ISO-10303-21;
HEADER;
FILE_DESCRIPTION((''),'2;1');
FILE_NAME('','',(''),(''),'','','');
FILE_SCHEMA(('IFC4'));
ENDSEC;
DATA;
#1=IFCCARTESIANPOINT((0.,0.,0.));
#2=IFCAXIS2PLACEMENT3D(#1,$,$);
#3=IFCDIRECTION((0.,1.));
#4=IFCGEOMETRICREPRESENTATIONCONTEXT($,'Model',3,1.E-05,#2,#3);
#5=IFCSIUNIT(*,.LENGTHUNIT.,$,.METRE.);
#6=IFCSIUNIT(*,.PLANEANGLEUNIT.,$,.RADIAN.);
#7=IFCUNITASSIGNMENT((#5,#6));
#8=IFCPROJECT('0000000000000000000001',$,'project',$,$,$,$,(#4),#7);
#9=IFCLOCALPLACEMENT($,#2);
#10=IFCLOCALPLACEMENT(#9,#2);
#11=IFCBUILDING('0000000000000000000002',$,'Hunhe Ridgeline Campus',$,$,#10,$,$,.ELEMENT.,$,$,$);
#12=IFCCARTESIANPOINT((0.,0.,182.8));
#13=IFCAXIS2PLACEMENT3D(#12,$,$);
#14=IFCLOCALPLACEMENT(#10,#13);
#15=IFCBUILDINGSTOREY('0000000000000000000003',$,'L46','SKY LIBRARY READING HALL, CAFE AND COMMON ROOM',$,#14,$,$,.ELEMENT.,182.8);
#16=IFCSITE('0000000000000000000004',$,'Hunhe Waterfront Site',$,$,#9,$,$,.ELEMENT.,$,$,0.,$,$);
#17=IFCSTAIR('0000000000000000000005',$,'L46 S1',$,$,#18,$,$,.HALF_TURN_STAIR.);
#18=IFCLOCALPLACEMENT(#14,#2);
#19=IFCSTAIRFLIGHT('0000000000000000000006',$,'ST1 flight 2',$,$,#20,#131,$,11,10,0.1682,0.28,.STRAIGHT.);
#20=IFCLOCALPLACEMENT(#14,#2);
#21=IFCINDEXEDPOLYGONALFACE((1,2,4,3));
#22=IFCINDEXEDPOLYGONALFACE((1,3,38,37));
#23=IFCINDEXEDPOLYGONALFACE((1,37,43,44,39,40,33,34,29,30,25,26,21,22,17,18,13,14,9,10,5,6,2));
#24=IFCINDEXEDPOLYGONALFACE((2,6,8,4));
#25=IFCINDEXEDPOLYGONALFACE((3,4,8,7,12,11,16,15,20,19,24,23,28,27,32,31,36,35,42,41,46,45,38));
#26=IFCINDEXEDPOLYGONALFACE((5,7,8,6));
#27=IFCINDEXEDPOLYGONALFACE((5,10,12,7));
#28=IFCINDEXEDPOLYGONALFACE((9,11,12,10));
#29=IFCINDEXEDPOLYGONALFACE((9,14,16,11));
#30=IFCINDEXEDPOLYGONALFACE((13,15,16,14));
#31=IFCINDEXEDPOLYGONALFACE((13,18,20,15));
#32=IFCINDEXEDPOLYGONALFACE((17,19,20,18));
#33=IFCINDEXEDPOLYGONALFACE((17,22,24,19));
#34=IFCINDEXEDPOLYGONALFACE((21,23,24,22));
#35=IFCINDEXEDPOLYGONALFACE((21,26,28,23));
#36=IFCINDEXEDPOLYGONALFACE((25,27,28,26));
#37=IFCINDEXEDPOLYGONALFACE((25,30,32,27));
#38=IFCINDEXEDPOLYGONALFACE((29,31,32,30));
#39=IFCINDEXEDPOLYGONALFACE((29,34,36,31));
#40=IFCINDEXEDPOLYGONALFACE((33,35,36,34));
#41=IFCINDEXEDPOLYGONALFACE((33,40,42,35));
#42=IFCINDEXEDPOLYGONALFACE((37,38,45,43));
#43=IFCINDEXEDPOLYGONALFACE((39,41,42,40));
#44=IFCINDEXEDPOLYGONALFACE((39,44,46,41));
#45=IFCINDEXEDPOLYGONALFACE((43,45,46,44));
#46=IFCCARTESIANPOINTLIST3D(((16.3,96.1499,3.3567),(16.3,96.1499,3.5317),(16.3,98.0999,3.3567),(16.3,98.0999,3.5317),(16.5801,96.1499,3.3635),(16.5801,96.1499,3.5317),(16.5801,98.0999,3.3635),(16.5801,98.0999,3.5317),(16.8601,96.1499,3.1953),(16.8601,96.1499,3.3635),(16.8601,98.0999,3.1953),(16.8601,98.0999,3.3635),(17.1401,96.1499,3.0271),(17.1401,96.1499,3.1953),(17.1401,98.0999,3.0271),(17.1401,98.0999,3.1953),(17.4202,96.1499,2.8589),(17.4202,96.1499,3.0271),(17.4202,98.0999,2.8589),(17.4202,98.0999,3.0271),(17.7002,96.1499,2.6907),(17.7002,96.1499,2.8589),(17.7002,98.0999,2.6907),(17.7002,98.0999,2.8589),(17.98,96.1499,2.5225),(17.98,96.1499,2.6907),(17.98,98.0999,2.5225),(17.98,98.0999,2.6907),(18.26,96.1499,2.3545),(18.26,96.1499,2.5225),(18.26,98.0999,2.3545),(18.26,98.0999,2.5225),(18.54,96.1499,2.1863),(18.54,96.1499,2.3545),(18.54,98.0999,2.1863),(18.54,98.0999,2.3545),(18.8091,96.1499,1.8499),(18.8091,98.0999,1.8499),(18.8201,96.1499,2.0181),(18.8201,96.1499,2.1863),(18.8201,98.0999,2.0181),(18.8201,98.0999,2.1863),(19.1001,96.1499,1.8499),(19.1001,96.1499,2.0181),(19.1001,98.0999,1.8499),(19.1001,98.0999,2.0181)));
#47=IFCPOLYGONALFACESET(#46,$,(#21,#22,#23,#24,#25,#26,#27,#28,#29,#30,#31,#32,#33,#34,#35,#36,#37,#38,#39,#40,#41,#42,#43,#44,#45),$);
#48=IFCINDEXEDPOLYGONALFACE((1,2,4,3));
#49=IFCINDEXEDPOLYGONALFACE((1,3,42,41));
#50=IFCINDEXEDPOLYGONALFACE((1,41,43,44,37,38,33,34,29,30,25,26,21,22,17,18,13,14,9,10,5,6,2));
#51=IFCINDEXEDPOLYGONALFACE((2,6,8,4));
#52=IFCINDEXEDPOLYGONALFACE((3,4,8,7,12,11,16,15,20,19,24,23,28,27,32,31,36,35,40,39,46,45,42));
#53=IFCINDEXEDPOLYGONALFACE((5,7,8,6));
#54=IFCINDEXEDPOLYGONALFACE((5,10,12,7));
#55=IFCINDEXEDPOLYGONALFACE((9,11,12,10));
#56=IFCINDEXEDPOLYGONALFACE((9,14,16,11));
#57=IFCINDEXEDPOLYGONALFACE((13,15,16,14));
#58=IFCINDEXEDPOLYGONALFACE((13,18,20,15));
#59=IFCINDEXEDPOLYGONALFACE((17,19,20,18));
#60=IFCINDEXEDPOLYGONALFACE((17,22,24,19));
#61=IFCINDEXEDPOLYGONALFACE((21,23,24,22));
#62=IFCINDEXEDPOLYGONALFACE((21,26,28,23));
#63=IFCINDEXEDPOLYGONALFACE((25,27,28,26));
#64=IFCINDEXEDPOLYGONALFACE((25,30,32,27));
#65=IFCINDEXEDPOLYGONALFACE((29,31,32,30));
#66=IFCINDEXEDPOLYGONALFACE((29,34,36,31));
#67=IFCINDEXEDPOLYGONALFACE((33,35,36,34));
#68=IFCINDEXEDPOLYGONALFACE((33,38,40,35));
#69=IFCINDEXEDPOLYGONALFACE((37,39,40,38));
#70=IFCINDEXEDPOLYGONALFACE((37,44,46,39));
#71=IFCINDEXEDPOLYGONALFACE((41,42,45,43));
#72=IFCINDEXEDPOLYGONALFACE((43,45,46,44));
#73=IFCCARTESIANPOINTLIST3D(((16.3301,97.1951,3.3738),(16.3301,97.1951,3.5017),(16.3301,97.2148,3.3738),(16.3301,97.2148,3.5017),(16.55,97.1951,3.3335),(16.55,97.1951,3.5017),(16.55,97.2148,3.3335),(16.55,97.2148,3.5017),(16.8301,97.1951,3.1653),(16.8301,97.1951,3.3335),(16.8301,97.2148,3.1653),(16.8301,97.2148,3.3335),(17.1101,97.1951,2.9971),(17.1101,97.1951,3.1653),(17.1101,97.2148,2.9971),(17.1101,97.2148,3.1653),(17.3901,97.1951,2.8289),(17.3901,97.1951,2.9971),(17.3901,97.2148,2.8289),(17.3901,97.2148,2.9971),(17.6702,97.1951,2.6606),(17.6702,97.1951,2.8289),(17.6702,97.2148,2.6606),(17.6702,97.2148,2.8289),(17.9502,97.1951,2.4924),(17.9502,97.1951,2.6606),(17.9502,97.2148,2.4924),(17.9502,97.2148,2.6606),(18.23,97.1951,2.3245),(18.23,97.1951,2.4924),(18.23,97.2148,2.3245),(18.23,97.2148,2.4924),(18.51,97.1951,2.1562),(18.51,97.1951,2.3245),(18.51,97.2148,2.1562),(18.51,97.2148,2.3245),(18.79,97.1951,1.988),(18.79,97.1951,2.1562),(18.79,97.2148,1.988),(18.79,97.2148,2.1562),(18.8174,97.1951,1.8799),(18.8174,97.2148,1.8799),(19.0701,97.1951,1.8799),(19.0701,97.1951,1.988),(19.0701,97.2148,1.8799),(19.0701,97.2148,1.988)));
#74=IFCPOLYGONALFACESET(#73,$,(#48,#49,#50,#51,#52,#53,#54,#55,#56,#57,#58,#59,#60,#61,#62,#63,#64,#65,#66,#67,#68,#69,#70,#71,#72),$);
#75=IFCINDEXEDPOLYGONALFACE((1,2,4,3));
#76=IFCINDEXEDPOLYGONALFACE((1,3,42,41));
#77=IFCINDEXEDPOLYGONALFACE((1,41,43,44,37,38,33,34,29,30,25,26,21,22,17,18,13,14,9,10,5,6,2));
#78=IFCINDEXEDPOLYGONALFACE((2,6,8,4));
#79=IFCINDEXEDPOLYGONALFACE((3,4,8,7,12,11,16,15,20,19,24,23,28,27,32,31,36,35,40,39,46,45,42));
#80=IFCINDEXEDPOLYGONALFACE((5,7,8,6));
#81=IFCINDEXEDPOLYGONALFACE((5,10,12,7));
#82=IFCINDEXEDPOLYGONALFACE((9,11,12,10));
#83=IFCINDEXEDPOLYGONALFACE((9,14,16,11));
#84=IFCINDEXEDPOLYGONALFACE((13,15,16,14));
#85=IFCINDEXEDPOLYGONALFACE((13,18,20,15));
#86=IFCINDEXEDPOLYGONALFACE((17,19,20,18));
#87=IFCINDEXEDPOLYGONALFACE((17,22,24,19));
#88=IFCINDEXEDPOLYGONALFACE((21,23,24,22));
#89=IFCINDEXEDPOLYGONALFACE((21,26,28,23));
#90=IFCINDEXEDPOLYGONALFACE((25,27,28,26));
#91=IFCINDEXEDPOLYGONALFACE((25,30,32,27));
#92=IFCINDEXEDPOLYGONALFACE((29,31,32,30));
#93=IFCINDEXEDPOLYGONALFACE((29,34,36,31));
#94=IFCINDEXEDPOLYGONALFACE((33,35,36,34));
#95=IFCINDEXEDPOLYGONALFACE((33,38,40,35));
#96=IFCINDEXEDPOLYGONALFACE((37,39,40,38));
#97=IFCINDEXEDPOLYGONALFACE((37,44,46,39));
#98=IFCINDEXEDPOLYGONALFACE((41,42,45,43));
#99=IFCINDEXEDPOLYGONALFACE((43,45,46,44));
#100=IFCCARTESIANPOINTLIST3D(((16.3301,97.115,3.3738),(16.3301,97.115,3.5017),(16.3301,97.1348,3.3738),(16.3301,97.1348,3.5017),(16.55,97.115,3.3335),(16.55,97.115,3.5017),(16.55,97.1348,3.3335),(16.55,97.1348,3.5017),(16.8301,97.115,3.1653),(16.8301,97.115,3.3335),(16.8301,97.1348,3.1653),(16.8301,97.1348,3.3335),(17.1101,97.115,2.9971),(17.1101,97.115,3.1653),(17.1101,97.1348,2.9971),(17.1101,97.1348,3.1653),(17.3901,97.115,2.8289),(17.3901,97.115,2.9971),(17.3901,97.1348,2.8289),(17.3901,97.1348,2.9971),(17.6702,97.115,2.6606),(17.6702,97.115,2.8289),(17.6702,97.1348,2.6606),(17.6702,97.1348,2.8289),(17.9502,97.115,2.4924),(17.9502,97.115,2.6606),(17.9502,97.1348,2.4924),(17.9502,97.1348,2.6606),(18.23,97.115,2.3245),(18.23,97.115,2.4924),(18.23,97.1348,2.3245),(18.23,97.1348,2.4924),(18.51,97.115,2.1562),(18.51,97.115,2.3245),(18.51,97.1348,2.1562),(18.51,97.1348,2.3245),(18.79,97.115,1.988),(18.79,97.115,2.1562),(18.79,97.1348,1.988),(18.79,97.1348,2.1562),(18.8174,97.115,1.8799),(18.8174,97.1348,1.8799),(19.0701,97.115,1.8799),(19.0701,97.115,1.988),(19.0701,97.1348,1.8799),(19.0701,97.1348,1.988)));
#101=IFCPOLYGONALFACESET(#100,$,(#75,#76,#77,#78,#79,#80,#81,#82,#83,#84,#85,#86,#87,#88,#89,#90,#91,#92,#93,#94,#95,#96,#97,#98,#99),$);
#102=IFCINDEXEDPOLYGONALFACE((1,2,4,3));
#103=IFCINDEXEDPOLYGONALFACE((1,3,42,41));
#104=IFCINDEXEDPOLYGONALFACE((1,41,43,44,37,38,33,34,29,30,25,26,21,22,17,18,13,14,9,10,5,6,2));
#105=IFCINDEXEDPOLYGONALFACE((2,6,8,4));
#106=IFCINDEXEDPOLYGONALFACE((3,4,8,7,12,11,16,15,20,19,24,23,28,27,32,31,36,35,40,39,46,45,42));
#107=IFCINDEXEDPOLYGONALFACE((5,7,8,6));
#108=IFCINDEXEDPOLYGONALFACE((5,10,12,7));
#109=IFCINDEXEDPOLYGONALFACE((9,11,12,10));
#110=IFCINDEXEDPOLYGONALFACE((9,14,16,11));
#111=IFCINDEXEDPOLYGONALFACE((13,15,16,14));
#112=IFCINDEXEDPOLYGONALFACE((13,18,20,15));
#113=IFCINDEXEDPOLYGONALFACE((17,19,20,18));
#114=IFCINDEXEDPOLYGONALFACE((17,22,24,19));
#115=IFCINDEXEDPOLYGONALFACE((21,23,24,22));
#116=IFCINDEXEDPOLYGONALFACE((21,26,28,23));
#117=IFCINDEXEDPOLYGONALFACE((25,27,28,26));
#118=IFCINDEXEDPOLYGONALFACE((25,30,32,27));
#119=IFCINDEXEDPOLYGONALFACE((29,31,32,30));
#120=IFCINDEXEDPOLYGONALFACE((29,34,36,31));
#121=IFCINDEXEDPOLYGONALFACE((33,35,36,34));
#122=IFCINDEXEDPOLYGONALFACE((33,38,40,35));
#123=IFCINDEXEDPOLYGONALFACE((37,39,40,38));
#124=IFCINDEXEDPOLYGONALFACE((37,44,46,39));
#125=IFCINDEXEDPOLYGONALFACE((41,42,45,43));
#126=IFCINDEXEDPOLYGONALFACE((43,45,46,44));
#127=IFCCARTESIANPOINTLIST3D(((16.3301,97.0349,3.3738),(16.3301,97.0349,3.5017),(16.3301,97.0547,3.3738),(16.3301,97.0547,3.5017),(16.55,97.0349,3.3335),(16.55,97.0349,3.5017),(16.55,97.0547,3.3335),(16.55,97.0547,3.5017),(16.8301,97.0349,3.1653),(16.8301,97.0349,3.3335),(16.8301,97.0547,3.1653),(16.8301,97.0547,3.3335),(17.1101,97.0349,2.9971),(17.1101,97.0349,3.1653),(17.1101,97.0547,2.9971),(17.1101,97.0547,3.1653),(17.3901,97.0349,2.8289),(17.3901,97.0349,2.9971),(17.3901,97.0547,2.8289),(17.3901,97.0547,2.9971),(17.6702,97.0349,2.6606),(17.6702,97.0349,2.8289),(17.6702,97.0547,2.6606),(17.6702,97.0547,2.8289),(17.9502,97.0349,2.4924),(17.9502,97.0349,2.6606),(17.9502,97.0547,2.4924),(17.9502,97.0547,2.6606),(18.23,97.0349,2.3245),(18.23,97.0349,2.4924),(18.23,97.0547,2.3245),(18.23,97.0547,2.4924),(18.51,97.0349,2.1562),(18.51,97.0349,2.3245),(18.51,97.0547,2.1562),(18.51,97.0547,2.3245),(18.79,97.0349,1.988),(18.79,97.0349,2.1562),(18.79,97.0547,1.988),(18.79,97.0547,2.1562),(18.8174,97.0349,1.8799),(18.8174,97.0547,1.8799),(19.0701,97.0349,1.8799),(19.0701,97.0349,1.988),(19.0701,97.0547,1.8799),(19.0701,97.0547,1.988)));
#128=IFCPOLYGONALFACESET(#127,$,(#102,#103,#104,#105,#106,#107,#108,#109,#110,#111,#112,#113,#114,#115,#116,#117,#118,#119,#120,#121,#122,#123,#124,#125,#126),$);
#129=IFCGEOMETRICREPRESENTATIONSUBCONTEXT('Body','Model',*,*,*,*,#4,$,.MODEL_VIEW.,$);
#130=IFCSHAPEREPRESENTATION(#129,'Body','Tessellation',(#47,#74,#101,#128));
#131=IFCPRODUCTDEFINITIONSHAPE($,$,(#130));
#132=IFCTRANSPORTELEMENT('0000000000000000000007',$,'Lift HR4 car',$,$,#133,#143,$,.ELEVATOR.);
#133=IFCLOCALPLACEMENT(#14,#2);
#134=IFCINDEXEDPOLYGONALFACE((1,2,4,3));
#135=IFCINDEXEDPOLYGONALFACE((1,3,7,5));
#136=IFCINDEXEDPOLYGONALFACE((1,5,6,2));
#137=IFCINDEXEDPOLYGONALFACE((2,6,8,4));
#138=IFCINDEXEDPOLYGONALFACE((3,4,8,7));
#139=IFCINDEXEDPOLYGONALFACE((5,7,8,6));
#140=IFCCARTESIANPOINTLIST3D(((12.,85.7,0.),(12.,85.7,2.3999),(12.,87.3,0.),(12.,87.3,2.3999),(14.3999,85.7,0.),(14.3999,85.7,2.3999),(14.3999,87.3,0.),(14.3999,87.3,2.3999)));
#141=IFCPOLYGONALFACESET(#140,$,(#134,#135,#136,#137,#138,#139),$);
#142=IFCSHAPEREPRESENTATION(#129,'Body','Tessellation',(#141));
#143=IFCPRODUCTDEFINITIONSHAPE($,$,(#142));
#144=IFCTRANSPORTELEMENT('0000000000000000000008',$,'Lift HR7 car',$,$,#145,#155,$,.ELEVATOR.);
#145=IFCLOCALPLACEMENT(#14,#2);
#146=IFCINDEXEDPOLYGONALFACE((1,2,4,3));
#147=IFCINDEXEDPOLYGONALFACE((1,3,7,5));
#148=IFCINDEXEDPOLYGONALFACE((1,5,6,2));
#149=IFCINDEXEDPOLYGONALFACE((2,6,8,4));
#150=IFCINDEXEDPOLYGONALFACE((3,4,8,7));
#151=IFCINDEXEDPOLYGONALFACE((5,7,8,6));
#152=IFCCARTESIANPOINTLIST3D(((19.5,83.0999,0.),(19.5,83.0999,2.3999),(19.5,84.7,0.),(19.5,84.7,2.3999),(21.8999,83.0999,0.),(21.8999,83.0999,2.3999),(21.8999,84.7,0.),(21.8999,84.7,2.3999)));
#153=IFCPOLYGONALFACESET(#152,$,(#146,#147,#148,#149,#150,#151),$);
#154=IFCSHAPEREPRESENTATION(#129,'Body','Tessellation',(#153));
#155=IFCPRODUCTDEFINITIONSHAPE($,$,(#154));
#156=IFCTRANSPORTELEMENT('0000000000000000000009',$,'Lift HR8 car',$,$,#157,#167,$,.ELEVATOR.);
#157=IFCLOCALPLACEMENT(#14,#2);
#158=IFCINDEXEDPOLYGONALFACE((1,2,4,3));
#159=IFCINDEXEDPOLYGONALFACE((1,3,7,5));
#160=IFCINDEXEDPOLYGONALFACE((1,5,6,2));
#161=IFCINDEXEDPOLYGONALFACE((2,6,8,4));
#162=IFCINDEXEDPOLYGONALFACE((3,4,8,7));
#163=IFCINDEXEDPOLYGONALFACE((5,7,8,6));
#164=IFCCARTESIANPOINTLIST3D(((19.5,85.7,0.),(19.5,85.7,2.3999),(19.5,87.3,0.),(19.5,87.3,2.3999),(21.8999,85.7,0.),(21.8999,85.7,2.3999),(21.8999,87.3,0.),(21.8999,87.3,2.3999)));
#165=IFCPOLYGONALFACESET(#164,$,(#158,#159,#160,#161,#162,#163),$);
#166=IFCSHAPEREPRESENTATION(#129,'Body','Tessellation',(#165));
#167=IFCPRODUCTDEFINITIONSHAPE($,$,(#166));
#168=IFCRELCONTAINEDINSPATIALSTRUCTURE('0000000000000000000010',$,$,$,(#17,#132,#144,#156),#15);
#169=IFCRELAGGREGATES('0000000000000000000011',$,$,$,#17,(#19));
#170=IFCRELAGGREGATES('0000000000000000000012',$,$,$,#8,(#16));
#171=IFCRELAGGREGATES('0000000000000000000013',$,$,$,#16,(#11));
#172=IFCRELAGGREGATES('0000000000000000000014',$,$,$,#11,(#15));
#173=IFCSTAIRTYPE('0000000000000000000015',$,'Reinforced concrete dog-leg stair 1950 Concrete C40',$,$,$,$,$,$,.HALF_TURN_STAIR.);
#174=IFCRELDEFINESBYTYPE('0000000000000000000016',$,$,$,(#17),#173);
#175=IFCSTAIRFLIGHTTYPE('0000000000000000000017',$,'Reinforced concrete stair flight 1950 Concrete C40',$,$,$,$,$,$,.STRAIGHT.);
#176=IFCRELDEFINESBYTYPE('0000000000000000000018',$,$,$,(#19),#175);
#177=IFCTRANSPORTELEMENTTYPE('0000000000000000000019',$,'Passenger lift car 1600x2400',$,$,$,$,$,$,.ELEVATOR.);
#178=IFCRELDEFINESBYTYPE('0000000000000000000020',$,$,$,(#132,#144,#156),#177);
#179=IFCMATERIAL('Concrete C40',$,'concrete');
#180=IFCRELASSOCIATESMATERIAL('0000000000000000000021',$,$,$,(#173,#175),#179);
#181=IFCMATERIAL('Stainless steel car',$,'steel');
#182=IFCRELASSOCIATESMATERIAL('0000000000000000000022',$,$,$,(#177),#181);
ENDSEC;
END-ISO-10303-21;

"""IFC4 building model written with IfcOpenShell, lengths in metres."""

from ifc_helpers import new_model, si_unit, direction, frame, origin, origin_2d, place, context, subcontext, project, spatial, polyline, rectangle, outline, extrude, material, type_object, element, aggregate, save


model = new_model("IFC4")

# Units and contexts
model_context = context("Model", 3, precision=1e-05, world=origin(), true_north=direction((0.0, 1.0)))
body_context = subcontext(model_context, "Body", "Model", "MODEL_VIEW")
ifc_project = project(units=[si_unit("LENGTHUNIT", "METRE"), si_unit("PLANEANGLEUNIT", "RADIAN")], contexts=[model_context])

# Site, building, storey
site_placement = place(None, origin())
site = spatial("IfcSite", under=ifc_project, at=site_placement, Name="Hunhe Waterfront Site", CompositionType="ELEMENT", RefElevation=0.0)
building_placement = place(site_placement, origin())
building = spatial("IfcBuilding", under=site, at=building_placement, Name="Hunhe Ridgeline Campus", CompositionType="ELEMENT")
storey_placement = place(building_placement, frame((0.0, 0.0, 182.8)))
storey = spatial("IfcBuildingStorey", under=building, at=storey_placement, Name="L46", Description="SKY LIBRARY READING HALL, CAFE AND COMMON ROOM", CompositionType="ELEMENT", Elevation=182.8)

# Stair, stair flight
ifc_material_1 = material(Name="Concrete C40", Category="concrete")
stair_type = type_object("IfcStairType", Name="Reinforced concrete dog-leg stair 1950 Concrete C40", PredefinedType="HALF_TURN_STAIR", material=ifc_material_1)
stair_placement = place(storey_placement, origin())
stair = element("IfcStair", 1, at=stair_placement, inside=storey, type_object=stair_type, Name="L46 S1", PredefinedType="HALF_TURN_STAIR")
stair_flight_type = type_object("IfcStairFlightType", Name="Reinforced concrete stair flight 1950 Concrete C40", PredefinedType="STRAIGHT", material=ifc_material_1)
stair_flight_1_placement = place(storey_placement, frame((19.1001, 97.125, 1.8499), z_axis=(0.0, 0.0, 1.0), x_axis=(-1.0, 0.0, 0.0)))
stair_flight_1 = element("IfcStairFlight", 2, at=stair_flight_1_placement, type_object=stair_flight_type, Name="ST1 flight 2", NumberOfRisers=11, NumberOfTreads=10, PredefinedType="STRAIGHT", RiserHeight=0.1682, TreadLength=0.28, context=body_context, shape_type="SweptSolid", body=[
    extrude(outline(polyline([(0.0, 0.0), (0.0, 0.1682), (0.28, 0.1682), (0.28, 0.3364), (0.5601, 0.3364), (0.5601, 0.5046), (0.8401, 0.5046), (0.8401, 0.6726), (1.1201, 0.6726), (1.1201, 0.8408), (1.3999, 0.8408), (1.3999, 1.009), (1.6799, 1.009), (1.6799, 1.1772), (1.96, 1.1772), (1.96, 1.3455), (2.24, 1.3455), (2.24, 1.5137), (2.52, 1.5137), (2.52, 1.6819), (2.8, 1.6819), (2.8, 1.8501), (2.8, 1.5068), (0.291, 0.0), (0.0, 0.0)])), frame((0.0, 0.9751, 0.0), z_axis=(0.0, -1.0, 0.0), x_axis=(1.0, 0.0, 0.0)), (0.0, 0.0, 1.0), 1.95),
    extrude(outline(polyline([(0.03, 0.03), (0.03, 0.1382), (0.3101, 0.1382), (0.3101, 0.3064), (0.5901, 0.3064), (0.5901, 0.4746), (0.8701, 0.4746), (0.8701, 0.6426), (1.1499, 0.6426), (1.1499, 0.8108), (1.4299, 0.8108), (1.4299, 0.979), (1.71, 0.979), (1.71, 1.1472), (1.99, 1.1472), (1.99, 1.3154), (2.27, 1.3154), (2.27, 1.4836), (2.55, 1.4836), (2.55, 1.6519), (2.77, 1.6519), (2.77, 1.5239), (0.2827, 0.03), (0.03, 0.03)])), frame((0.0, -0.0701, 0.0), z_axis=(0.0, -1.0, 0.0), x_axis=(1.0, 0.0, 0.0)), (0.0, 0.0, 1.0), 0.0198),
    extrude(outline(polyline([(0.03, 0.03), (0.03, 0.1382), (0.3101, 0.1382), (0.3101, 0.3064), (0.5901, 0.3064), (0.5901, 0.4746), (0.8701, 0.4746), (0.8701, 0.6426), (1.1499, 0.6426), (1.1499, 0.8108), (1.4299, 0.8108), (1.4299, 0.979), (1.71, 0.979), (1.71, 1.1472), (1.99, 1.1472), (1.99, 1.3154), (2.27, 1.3154), (2.27, 1.4836), (2.55, 1.4836), (2.55, 1.6519), (2.77, 1.6519), (2.77, 1.5239), (0.2827, 0.03), (0.03, 0.03)])), frame((0.0, 0.01, 0.0), z_axis=(0.0, -1.0, 0.0), x_axis=(1.0, 0.0, 0.0)), (0.0, 0.0, 1.0), 0.0198),
    extrude(outline(polyline([(0.03, 0.03), (0.03, 0.1382), (0.3101, 0.1382), (0.3101, 0.3064), (0.5901, 0.3064), (0.5901, 0.4746), (0.8701, 0.4746), (0.8701, 0.6426), (1.1499, 0.6426), (1.1499, 0.8108), (1.4299, 0.8108), (1.4299, 0.979), (1.71, 0.979), (1.71, 1.1472), (1.99, 1.1472), (1.99, 1.3154), (2.27, 1.3154), (2.27, 1.4836), (2.55, 1.4836), (2.55, 1.6519), (2.77, 1.6519), (2.77, 1.5239), (0.2827, 0.03), (0.03, 0.03)])), frame((0.0, 0.0901, 0.0), z_axis=(0.0, -1.0, 0.0), x_axis=(1.0, 0.0, 0.0)), (0.0, 0.0, 1.0), 0.0198),
])
aggregate(stair, [stair_flight_1])

# Transport elements
ifc_material_2 = material(Name="Stainless steel car", Category="steel")
transport_element_type = type_object("IfcTransportElementType", Name="Passenger lift car 1600x2400", PredefinedType="ELEVATOR", material=ifc_material_2)
for number, where, z_axis, x_axis, name in (
    (3, (13.2, 86.5, 0.0), (0.0, 0.0, 1.0), (1.0, 0.0, 0.0), "Lift HR4 car"),
    (4, (20.7, 83.8999, 0.0), (0.0, 0.0, 1.0), (1.0, 0.0, 0.0), "Lift HR7 car"),
    (5, (20.7, 86.5, 0.0), (0.0, 0.0, 1.0), (1.0, 0.0, 0.0), "Lift HR8 car"),
):
    element("IfcTransportElement", number, at=place(storey_placement, frame(where, z_axis=z_axis, x_axis=x_axis)), inside=storey, type_object=transport_element_type, Name=name, PredefinedType="ELEVATOR", context=body_context, shape_type="SweptSolid", body=[
        extrude(rectangle(XDim=2.3999, YDim=1.6001, at=origin_2d()), origin(), (0.0, 0.0, 1.0), 2.3999),
    ])

save(model, "model.ifc")
